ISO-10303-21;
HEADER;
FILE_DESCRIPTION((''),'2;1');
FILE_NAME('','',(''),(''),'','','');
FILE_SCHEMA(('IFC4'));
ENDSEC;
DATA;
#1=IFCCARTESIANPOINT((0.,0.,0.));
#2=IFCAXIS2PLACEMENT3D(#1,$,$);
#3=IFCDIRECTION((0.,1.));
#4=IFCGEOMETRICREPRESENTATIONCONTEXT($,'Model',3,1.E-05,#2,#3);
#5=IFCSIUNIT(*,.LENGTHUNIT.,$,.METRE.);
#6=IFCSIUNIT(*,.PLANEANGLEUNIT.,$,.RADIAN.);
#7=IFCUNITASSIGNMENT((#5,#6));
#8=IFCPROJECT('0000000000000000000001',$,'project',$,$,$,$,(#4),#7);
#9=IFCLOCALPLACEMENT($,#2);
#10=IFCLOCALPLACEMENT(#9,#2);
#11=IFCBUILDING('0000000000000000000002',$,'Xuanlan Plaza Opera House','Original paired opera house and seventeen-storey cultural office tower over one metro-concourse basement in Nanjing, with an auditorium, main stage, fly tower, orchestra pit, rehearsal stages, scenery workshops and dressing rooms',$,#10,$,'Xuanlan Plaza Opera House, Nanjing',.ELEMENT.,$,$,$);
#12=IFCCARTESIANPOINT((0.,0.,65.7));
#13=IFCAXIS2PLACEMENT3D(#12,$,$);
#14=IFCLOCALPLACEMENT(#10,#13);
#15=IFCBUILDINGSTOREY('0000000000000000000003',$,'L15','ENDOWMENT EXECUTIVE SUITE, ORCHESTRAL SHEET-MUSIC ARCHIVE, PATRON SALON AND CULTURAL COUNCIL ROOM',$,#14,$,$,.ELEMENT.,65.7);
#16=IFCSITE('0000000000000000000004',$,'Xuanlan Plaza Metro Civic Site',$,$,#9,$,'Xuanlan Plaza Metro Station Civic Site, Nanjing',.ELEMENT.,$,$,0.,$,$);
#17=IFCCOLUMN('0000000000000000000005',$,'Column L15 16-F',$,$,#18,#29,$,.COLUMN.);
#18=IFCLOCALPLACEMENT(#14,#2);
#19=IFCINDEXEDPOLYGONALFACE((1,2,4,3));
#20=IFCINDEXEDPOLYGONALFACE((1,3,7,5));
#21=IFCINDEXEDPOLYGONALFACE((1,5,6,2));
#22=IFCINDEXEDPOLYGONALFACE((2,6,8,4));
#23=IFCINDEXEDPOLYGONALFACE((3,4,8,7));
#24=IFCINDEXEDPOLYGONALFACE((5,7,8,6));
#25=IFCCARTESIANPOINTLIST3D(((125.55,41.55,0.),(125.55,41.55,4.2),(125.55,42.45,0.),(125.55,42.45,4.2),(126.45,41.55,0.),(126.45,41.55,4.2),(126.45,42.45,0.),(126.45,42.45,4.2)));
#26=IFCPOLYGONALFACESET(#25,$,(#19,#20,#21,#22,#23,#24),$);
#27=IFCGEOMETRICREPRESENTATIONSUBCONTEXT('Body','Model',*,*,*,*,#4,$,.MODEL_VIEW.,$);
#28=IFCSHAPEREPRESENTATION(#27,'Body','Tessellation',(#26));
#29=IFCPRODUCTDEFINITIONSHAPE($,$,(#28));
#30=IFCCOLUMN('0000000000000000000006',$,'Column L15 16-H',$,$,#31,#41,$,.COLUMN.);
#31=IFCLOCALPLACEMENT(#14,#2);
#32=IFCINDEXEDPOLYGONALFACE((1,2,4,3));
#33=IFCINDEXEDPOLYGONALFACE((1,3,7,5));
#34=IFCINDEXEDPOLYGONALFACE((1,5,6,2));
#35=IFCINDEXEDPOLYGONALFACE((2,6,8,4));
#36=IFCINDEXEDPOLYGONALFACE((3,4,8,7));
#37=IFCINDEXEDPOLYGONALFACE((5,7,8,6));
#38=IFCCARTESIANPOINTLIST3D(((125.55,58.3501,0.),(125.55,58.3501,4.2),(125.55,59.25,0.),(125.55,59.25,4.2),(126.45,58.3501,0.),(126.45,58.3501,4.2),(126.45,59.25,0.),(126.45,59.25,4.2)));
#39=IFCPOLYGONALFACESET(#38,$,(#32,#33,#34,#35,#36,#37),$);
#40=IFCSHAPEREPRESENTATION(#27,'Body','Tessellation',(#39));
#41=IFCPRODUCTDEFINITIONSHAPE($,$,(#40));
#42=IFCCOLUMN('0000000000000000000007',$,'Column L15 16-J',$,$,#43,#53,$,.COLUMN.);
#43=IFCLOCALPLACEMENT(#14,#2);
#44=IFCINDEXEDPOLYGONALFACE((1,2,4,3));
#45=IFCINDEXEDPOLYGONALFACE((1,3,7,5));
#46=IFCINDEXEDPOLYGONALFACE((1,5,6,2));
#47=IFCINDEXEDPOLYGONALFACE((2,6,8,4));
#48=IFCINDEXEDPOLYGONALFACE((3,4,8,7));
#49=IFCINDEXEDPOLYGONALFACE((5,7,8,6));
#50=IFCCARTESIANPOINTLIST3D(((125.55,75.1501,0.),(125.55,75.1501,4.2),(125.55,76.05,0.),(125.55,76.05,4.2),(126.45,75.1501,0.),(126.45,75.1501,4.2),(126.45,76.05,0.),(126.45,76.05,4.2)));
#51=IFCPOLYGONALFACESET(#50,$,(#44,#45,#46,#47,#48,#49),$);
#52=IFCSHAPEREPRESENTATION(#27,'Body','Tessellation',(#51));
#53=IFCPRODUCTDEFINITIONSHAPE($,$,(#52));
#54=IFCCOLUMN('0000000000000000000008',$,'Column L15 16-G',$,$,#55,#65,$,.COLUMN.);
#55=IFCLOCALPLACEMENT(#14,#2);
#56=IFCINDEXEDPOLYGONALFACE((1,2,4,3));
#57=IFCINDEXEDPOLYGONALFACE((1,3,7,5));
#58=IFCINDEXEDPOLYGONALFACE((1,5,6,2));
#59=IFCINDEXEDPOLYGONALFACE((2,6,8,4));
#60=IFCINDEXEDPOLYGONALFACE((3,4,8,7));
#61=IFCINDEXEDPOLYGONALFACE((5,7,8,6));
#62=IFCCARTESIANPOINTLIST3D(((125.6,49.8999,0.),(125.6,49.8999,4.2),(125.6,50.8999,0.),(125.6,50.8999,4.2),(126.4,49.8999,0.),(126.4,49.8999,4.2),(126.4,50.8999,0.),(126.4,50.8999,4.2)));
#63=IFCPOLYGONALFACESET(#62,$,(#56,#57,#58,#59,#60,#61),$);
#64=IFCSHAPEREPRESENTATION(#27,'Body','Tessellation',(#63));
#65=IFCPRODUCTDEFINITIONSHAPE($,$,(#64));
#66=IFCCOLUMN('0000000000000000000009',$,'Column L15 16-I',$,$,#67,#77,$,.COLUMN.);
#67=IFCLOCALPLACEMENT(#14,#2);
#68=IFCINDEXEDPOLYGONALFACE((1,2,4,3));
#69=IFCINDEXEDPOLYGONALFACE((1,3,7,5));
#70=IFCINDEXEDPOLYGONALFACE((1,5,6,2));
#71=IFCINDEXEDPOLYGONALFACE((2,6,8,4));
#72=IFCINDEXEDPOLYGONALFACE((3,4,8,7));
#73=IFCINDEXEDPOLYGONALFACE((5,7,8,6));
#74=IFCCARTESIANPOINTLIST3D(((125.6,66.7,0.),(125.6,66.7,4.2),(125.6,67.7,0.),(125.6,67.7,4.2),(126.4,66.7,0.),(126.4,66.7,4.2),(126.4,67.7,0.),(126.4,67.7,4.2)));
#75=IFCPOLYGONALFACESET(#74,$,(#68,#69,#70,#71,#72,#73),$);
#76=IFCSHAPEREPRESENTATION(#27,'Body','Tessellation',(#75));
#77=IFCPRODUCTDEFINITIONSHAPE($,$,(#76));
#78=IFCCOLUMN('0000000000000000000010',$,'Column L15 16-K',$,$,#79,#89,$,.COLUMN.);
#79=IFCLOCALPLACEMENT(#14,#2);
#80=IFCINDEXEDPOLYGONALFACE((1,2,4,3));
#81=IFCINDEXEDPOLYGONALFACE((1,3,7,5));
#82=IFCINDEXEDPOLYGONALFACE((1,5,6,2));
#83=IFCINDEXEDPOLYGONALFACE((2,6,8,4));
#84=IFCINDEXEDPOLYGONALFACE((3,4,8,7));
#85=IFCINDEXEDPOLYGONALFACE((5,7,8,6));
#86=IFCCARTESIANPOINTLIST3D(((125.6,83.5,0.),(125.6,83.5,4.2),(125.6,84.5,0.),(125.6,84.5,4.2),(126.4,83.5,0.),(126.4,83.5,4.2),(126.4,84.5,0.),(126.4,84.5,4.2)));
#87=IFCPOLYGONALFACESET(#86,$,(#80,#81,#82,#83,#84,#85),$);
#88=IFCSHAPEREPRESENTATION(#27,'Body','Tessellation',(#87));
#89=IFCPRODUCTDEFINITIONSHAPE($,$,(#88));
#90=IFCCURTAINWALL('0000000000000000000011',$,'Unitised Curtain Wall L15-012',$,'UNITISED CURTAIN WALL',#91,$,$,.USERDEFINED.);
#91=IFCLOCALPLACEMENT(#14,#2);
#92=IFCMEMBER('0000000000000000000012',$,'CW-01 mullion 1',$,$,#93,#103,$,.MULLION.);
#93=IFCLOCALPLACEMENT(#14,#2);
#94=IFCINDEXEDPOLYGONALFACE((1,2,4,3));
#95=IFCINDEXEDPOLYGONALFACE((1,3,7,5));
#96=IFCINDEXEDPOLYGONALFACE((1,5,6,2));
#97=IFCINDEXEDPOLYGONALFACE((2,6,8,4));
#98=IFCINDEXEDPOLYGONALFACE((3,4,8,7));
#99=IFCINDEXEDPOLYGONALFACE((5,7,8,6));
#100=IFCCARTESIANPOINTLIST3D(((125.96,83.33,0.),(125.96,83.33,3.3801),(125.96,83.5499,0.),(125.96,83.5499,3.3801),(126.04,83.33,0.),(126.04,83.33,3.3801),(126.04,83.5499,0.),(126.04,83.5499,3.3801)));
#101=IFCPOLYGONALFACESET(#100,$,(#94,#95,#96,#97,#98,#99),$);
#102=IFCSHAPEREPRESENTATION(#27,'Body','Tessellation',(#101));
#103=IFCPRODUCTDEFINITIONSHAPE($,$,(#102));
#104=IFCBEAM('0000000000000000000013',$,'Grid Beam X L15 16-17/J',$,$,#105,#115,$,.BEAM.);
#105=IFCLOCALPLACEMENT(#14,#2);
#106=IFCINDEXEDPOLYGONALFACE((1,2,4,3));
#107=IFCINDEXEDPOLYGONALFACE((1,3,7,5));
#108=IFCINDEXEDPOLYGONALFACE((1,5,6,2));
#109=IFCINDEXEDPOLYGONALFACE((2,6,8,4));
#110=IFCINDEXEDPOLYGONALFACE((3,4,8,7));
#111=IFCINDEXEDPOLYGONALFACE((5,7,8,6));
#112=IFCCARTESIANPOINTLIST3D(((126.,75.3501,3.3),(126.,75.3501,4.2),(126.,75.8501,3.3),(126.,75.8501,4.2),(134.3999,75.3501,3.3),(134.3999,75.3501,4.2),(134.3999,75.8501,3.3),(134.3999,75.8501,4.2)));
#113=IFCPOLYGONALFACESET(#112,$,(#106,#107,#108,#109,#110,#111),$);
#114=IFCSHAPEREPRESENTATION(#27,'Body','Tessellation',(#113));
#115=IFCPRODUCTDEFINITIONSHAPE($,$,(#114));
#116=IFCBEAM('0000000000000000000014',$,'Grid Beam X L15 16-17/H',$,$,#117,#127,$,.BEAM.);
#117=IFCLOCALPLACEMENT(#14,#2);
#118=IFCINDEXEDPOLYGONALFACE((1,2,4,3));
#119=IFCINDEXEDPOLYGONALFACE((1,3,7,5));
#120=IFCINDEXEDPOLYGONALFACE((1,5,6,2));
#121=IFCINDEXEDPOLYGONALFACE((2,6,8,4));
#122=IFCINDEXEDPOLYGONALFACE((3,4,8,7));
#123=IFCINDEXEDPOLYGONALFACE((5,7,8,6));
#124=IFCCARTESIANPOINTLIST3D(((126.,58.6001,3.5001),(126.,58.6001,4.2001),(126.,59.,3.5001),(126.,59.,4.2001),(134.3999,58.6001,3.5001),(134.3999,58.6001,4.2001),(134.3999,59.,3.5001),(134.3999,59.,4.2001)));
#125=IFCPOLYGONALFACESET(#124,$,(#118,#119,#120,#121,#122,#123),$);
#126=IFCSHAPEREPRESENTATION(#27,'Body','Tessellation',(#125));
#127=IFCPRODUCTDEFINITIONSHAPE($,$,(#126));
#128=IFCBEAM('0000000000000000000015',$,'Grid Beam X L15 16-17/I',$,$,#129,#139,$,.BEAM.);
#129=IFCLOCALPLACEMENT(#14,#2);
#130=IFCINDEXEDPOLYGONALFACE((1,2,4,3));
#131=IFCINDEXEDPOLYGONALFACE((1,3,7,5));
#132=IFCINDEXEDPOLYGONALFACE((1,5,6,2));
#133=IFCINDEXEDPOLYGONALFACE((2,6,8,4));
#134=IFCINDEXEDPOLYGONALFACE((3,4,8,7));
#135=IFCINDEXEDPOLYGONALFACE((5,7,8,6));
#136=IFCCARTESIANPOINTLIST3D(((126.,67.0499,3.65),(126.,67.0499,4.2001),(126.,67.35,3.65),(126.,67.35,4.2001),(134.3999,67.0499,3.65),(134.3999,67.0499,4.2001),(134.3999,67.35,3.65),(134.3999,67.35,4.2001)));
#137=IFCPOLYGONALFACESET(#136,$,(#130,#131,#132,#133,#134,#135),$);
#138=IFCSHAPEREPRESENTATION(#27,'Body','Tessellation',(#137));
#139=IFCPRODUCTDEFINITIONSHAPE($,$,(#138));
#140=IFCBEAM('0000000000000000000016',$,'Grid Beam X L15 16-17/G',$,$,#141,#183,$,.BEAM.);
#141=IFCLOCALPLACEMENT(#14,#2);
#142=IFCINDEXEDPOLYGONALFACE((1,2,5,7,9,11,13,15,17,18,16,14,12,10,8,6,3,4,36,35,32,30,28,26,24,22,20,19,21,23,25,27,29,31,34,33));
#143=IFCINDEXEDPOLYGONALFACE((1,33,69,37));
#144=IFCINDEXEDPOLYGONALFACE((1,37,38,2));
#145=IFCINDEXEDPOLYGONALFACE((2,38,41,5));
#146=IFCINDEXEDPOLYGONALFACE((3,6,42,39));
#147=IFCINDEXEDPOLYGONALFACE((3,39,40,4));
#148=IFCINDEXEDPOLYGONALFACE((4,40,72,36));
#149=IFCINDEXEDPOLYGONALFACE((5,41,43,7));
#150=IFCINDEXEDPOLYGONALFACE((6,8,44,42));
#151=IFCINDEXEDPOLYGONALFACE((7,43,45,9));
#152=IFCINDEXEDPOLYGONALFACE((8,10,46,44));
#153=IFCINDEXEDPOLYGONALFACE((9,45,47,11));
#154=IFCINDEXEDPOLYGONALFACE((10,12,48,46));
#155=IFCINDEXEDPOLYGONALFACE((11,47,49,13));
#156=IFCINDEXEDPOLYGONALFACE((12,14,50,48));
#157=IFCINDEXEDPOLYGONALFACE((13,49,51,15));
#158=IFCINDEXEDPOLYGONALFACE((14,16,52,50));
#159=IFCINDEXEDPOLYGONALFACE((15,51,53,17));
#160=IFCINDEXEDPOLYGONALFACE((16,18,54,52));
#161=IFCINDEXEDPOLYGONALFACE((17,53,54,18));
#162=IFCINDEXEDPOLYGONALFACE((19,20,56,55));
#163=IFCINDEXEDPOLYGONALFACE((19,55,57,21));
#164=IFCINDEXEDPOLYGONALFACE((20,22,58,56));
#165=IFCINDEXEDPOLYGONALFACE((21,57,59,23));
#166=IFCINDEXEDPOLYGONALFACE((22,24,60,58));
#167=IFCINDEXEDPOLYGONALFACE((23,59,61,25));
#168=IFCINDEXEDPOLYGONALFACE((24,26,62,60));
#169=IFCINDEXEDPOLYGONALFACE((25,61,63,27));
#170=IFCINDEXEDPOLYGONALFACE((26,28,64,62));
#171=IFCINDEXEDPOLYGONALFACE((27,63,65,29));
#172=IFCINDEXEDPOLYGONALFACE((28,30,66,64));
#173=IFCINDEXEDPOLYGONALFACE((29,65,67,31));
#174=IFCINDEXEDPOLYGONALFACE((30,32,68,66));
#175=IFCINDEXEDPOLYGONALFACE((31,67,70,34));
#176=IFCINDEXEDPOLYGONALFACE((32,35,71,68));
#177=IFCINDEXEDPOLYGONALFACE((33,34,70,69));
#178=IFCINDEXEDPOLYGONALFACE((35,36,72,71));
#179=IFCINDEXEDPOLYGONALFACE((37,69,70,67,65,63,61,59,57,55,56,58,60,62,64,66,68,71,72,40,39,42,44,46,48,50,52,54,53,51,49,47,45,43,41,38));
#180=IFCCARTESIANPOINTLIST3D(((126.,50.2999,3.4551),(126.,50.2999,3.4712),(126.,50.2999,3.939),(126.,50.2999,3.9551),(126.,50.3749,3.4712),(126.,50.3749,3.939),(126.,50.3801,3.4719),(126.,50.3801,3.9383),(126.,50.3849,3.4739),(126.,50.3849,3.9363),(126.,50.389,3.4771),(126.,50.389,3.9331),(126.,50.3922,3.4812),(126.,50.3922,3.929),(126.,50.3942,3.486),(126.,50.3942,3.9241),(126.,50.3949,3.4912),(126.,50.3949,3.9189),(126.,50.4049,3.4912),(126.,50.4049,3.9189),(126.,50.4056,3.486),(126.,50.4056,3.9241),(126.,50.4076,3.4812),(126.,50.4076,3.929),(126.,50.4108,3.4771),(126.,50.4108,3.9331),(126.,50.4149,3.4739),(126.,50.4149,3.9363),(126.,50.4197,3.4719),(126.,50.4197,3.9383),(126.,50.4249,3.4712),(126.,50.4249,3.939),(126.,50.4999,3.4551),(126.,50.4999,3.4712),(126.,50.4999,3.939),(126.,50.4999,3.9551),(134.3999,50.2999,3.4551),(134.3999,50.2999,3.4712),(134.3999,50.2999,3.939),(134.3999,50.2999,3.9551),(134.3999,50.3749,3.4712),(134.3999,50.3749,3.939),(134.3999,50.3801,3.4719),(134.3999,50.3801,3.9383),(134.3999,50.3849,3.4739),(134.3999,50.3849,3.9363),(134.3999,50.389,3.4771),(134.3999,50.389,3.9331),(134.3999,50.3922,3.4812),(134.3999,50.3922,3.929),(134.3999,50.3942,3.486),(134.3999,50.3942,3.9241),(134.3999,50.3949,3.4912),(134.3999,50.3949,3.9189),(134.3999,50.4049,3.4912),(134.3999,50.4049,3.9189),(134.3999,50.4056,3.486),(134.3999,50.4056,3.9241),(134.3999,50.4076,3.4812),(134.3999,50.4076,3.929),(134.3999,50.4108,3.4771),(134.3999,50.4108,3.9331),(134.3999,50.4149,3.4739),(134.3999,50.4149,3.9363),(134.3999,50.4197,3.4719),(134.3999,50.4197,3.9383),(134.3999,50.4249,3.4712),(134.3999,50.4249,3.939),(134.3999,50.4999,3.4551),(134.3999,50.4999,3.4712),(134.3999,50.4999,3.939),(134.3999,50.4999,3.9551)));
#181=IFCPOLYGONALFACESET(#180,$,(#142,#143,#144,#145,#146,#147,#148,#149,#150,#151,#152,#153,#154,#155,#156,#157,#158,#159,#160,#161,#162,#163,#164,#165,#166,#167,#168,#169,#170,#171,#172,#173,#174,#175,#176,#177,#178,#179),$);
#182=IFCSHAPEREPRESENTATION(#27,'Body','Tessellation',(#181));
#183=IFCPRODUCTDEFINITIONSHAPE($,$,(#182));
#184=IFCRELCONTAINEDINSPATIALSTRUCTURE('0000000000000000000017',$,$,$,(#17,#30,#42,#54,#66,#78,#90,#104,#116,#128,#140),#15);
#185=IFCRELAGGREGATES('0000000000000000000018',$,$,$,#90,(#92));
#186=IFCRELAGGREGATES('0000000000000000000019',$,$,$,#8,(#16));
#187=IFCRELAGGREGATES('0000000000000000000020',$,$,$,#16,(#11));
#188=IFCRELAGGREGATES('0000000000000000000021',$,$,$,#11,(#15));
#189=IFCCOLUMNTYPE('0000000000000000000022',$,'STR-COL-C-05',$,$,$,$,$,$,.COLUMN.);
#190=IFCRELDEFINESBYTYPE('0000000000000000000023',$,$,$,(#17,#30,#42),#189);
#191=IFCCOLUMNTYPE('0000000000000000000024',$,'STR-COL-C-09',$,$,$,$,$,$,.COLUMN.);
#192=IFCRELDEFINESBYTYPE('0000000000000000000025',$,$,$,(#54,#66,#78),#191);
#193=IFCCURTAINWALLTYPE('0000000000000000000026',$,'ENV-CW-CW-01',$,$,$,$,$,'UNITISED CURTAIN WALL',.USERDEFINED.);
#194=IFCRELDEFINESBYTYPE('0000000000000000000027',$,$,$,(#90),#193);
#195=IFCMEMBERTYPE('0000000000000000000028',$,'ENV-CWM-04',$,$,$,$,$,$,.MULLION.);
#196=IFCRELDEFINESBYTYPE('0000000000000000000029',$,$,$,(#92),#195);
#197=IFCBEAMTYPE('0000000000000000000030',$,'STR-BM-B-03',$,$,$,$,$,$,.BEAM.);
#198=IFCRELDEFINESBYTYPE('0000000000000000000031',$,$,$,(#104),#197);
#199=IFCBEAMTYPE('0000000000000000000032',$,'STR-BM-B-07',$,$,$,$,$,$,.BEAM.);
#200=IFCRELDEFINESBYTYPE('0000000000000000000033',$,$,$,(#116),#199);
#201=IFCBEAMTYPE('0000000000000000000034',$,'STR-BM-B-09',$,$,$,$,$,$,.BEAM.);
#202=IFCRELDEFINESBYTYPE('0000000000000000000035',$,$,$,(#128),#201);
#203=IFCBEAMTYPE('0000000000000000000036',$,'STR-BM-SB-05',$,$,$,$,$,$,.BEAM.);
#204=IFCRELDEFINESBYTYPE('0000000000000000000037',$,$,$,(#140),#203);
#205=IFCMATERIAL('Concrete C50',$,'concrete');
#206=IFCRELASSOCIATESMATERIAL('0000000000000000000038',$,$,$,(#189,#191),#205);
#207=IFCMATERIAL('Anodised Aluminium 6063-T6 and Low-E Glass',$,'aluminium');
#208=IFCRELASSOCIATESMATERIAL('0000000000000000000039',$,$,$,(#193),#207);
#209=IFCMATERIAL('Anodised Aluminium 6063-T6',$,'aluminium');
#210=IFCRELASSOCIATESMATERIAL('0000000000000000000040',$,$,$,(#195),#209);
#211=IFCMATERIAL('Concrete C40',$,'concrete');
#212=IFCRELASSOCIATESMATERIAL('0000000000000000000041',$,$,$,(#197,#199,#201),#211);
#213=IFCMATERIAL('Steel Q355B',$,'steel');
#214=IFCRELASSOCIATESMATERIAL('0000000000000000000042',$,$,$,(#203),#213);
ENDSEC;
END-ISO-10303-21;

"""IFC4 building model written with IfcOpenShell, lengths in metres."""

from ifc_helpers import new_model, si_unit, direction, frame, origin, origin_2d, place, context, subcontext, project, spatial, rectangle, i_section, extrude, material, material_profile, profile_set, type_object, element, aggregate, save


model = new_model("IFC4")

# Units and contexts
model_context = context("Model", 3, precision=1e-05, world=origin(), true_north=direction((0.0, 1.0)))
body_context = subcontext(model_context, "Body", "Model", "MODEL_VIEW")
ifc_project = project(units=[si_unit("LENGTHUNIT", "METRE"), si_unit("PLANEANGLEUNIT", "RADIAN")], contexts=[model_context])

# Site, building, storey
site_placement = place(None, origin())
site = spatial("IfcSite", under=ifc_project, at=site_placement, Name="Xuanlan Plaza Metro Civic Site", LongName="Xuanlan Plaza Metro Station Civic Site, Nanjing", CompositionType="ELEMENT", RefElevation=0.0)
building_placement = place(site_placement, origin())
building = spatial("IfcBuilding", under=site, at=building_placement, Name="Xuanlan Plaza Opera House", Description="Original paired opera house and seventeen-storey cultural office tower over one metro-concourse basement in Nanjing, with an auditorium, main stage, fly tower, orchestra pit, rehearsal stages, scenery workshops and dressing rooms", LongName="Xuanlan Plaza Opera House, Nanjing", CompositionType="ELEMENT")
storey_placement = place(building_placement, frame((0.0, 0.0, 65.7)))
storey = spatial("IfcBuildingStorey", under=building, at=storey_placement, Name="L15", Description="ENDOWMENT EXECUTIVE SUITE, ORCHESTRAL SHEET-MUSIC ARCHIVE, PATRON SALON AND CULTURAL COUNCIL ROOM", CompositionType="ELEMENT", Elevation=65.7)

# Columns
ifc_material_1 = material(Name="Concrete C50", Category="concrete")
ifc_material_profile_1 = material_profile(ifc_material_1, rectangle(XDim=0.8999, YDim=0.8999, at=origin_2d()), Name="RC-COL 900x900")
ifc_profile_set_1 = profile_set([ifc_material_profile_1], Name="Concrete C50")
column_type_1 = type_object("IfcColumnType", Name="STR-COL-C-05", PredefinedType="COLUMN", material=ifc_profile_set_1)
for number, where, z_axis, x_axis, name in (
    (1, (126.0, 42.0, 0.0), (0.0, 0.0, 1.0), (1.0, 0.0, 0.0), "Column L15 16-F"),
    (2, (126.0, 58.8, 0.0), (0.0, 0.0, 1.0), (1.0, 0.0, 0.0), "Column L15 16-H"),
    (3, (126.0, 75.6001, 0.0), (0.0, 0.0, 1.0), (1.0, 0.0, 0.0), "Column L15 16-J"),
):
    element("IfcColumn", number, at=place(storey_placement, frame(where, z_axis=z_axis, x_axis=x_axis)), inside=storey, type_object=column_type_1, Name=name, PredefinedType="COLUMN", context=body_context, shape_type="SweptSolid", body=[
        extrude(rectangle(XDim=0.8999, YDim=0.8999, at=origin_2d()), origin(), (0.0, 0.0, 1.0), 4.2),
    ])
ifc_material_profile_2 = material_profile(ifc_material_1, rectangle(XDim=0.8, YDim=1.0, at=origin_2d()), Name="RC-COL 800x1000")
ifc_profile_set_2 = profile_set([ifc_material_profile_2], Name="Concrete C50")
column_type_2 = type_object("IfcColumnType", Name="STR-COL-C-09", PredefinedType="COLUMN", material=ifc_profile_set_2)
for number, where, z_axis, x_axis, name in (
    (4, (126.0, 50.3999, 0.0), (0.0, 0.0, 1.0), (1.0, 0.0, 0.0), "Column L15 16-G"),
    (5, (126.0, 67.2, 0.0), (0.0, 0.0, 1.0), (1.0, 0.0, 0.0), "Column L15 16-I"),
    (6, (126.0, 84.0, 0.0), (0.0, 0.0, 1.0), (1.0, 0.0, 0.0), "Column L15 16-K"),
):
    element("IfcColumn", number, at=place(storey_placement, frame(where, z_axis=z_axis, x_axis=x_axis)), inside=storey, type_object=column_type_2, Name=name, PredefinedType="COLUMN", context=body_context, shape_type="SweptSolid", body=[
        extrude(rectangle(XDim=0.8, YDim=1.0, at=origin_2d()), origin(), (0.0, 0.0, 1.0), 4.2),
    ])

# Curtain wall, member
ifc_material_2 = material(Name="Anodised Aluminium 6063-T6 and Low-E Glass", Category="aluminium")
curtain_wall_type = type_object("IfcCurtainWallType", Name="ENV-CW-CW-01", ElementType="UNITISED CURTAIN WALL", PredefinedType="USERDEFINED", material=ifc_material_2)
curtain_wall_placement = place(storey_placement, origin())
curtain_wall = element("IfcCurtainWall", 7, at=curtain_wall_placement, inside=storey, type_object=curtain_wall_type, Name="Unitised Curtain Wall L15-012", ObjectType="UNITISED CURTAIN WALL", PredefinedType="USERDEFINED")
ifc_material_3 = material(Name="Anodised Aluminium 6063-T6", Category="aluminium")
ifc_material_profile_3 = material_profile(ifc_material_3, rectangle(XDim=0.0801, YDim=0.22, at=origin_2d()), Name="ALU-M 80x220")
ifc_profile_set_3 = profile_set([ifc_material_profile_3], Name="Anodised Aluminium 6063-T6")
member_type = type_object("IfcMemberType", Name="ENV-CWM-04", PredefinedType="MULLION", material=ifc_profile_set_3)
member_placement = place(storey_placement, frame((126.0, 83.4399, 0.0), z_axis=(0.0, 0.0, 1.0), x_axis=(1.0, 0.0, 0.0)))
member = element("IfcMember", 8, at=member_placement, type_object=member_type, Name="CW-01 mullion 1", PredefinedType="MULLION", context=body_context, shape_type="SweptSolid", body=[
    extrude(rectangle(XDim=0.0801, YDim=0.22, at=origin_2d()), origin(), (0.0, 0.0, 1.0), 3.3801),
])
aggregate(curtain_wall, [member])

# Beams
ifc_material_4 = material(Name="Concrete C40", Category="concrete")
ifc_material_profile_4 = material_profile(ifc_material_4, rectangle(XDim=0.5, YDim=0.8999, at=origin_2d()), Name="RC-BM 500x900")
ifc_profile_set_4 = profile_set([ifc_material_profile_4], Name="Concrete C40")
beam_type_1 = type_object("IfcBeamType", Name="STR-BM-B-03", PredefinedType="BEAM", material=ifc_profile_set_4)
beam_1_placement = place(storey_placement, frame((126.0, 75.6001, 3.75), z_axis=(1.0, 0.0, 0.0), x_axis=(0.0, 1.0, 0.0)))
element("IfcBeam", 9, at=beam_1_placement, inside=storey, type_object=beam_type_1, Name="Grid Beam X L15 16-17/J", PredefinedType="BEAM", context=body_context, shape_type="SweptSolid", body=[
    extrude(rectangle(XDim=0.5, YDim=0.8999, at=origin_2d()), origin(), (0.0, 0.0, 1.0), 8.3999),
])
ifc_material_profile_5 = material_profile(ifc_material_4, rectangle(XDim=0.3999, YDim=0.7, at=origin_2d()), Name="RC-BM 400x700")
ifc_profile_set_5 = profile_set([ifc_material_profile_5], Name="Concrete C40")
beam_type_2 = type_object("IfcBeamType", Name="STR-BM-B-07", PredefinedType="BEAM", material=ifc_profile_set_5)
beam_2_placement = place(storey_placement, frame((126.0, 58.8, 3.8501), z_axis=(1.0, 0.0, 0.0), x_axis=(0.0, 1.0, 0.0)))
element("IfcBeam", 10, at=beam_2_placement, inside=storey, type_object=beam_type_2, Name="Grid Beam X L15 16-17/H", PredefinedType="BEAM", context=body_context, shape_type="SweptSolid", body=[
    extrude(rectangle(XDim=0.3999, YDim=0.7, at=origin_2d()), origin(), (0.0, 0.0, 1.0), 8.3999),
])
ifc_material_profile_6 = material_profile(ifc_material_4, rectangle(XDim=0.3, YDim=0.55, at=origin_2d()), Name="RC-BM 300x550")
ifc_profile_set_6 = profile_set([ifc_material_profile_6], Name="Concrete C40")
beam_type_3 = type_object("IfcBeamType", Name="STR-BM-B-09", PredefinedType="BEAM", material=ifc_profile_set_6)
beam_3_placement = place(storey_placement, frame((126.0, 67.2, 3.925), z_axis=(1.0, 0.0, 0.0), x_axis=(0.0, 1.0, 0.0)))
element("IfcBeam", 11, at=beam_3_placement, inside=storey, type_object=beam_type_3, Name="Grid Beam X L15 16-17/I", PredefinedType="BEAM", context=body_context, shape_type="SweptSolid", body=[
    extrude(rectangle(XDim=0.3, YDim=0.55, at=origin_2d()), origin(), (0.0, 0.0, 1.0), 8.3999),
])
ifc_material_5 = material(Name="Steel Q355B", Category="steel")
ifc_material_profile_7 = material_profile(ifc_material_5, i_section(OverallWidth=0.2, OverallDepth=0.5, WebThickness=0.01, FlangeThickness=0.0161, FilletRadius=0.02, at=origin_2d()), Name="HN 500x200x10x16")
ifc_profile_set_7 = profile_set([ifc_material_profile_7], Name="Steel Q355B")
beam_type_4 = type_object("IfcBeamType", Name="STR-BM-SB-05", PredefinedType="BEAM", material=ifc_profile_set_7)
beam_4_placement = place(storey_placement, frame((126.0, 50.3999, 3.7051), z_axis=(1.0, 0.0, 0.0), x_axis=(0.0, 1.0, 0.0)))
element("IfcBeam", 12, at=beam_4_placement, inside=storey, type_object=beam_type_4, Name="Grid Beam X L15 16-17/G", PredefinedType="BEAM", context=body_context, shape_type="SweptSolid", body=[
    extrude(i_section(OverallWidth=0.2, OverallDepth=0.5, WebThickness=0.01, FlangeThickness=0.0161, FilletRadius=0.02, at=origin_2d()), origin(), (0.0, 0.0, 1.0), 8.3999),
])

save(model, "model.ifc")
